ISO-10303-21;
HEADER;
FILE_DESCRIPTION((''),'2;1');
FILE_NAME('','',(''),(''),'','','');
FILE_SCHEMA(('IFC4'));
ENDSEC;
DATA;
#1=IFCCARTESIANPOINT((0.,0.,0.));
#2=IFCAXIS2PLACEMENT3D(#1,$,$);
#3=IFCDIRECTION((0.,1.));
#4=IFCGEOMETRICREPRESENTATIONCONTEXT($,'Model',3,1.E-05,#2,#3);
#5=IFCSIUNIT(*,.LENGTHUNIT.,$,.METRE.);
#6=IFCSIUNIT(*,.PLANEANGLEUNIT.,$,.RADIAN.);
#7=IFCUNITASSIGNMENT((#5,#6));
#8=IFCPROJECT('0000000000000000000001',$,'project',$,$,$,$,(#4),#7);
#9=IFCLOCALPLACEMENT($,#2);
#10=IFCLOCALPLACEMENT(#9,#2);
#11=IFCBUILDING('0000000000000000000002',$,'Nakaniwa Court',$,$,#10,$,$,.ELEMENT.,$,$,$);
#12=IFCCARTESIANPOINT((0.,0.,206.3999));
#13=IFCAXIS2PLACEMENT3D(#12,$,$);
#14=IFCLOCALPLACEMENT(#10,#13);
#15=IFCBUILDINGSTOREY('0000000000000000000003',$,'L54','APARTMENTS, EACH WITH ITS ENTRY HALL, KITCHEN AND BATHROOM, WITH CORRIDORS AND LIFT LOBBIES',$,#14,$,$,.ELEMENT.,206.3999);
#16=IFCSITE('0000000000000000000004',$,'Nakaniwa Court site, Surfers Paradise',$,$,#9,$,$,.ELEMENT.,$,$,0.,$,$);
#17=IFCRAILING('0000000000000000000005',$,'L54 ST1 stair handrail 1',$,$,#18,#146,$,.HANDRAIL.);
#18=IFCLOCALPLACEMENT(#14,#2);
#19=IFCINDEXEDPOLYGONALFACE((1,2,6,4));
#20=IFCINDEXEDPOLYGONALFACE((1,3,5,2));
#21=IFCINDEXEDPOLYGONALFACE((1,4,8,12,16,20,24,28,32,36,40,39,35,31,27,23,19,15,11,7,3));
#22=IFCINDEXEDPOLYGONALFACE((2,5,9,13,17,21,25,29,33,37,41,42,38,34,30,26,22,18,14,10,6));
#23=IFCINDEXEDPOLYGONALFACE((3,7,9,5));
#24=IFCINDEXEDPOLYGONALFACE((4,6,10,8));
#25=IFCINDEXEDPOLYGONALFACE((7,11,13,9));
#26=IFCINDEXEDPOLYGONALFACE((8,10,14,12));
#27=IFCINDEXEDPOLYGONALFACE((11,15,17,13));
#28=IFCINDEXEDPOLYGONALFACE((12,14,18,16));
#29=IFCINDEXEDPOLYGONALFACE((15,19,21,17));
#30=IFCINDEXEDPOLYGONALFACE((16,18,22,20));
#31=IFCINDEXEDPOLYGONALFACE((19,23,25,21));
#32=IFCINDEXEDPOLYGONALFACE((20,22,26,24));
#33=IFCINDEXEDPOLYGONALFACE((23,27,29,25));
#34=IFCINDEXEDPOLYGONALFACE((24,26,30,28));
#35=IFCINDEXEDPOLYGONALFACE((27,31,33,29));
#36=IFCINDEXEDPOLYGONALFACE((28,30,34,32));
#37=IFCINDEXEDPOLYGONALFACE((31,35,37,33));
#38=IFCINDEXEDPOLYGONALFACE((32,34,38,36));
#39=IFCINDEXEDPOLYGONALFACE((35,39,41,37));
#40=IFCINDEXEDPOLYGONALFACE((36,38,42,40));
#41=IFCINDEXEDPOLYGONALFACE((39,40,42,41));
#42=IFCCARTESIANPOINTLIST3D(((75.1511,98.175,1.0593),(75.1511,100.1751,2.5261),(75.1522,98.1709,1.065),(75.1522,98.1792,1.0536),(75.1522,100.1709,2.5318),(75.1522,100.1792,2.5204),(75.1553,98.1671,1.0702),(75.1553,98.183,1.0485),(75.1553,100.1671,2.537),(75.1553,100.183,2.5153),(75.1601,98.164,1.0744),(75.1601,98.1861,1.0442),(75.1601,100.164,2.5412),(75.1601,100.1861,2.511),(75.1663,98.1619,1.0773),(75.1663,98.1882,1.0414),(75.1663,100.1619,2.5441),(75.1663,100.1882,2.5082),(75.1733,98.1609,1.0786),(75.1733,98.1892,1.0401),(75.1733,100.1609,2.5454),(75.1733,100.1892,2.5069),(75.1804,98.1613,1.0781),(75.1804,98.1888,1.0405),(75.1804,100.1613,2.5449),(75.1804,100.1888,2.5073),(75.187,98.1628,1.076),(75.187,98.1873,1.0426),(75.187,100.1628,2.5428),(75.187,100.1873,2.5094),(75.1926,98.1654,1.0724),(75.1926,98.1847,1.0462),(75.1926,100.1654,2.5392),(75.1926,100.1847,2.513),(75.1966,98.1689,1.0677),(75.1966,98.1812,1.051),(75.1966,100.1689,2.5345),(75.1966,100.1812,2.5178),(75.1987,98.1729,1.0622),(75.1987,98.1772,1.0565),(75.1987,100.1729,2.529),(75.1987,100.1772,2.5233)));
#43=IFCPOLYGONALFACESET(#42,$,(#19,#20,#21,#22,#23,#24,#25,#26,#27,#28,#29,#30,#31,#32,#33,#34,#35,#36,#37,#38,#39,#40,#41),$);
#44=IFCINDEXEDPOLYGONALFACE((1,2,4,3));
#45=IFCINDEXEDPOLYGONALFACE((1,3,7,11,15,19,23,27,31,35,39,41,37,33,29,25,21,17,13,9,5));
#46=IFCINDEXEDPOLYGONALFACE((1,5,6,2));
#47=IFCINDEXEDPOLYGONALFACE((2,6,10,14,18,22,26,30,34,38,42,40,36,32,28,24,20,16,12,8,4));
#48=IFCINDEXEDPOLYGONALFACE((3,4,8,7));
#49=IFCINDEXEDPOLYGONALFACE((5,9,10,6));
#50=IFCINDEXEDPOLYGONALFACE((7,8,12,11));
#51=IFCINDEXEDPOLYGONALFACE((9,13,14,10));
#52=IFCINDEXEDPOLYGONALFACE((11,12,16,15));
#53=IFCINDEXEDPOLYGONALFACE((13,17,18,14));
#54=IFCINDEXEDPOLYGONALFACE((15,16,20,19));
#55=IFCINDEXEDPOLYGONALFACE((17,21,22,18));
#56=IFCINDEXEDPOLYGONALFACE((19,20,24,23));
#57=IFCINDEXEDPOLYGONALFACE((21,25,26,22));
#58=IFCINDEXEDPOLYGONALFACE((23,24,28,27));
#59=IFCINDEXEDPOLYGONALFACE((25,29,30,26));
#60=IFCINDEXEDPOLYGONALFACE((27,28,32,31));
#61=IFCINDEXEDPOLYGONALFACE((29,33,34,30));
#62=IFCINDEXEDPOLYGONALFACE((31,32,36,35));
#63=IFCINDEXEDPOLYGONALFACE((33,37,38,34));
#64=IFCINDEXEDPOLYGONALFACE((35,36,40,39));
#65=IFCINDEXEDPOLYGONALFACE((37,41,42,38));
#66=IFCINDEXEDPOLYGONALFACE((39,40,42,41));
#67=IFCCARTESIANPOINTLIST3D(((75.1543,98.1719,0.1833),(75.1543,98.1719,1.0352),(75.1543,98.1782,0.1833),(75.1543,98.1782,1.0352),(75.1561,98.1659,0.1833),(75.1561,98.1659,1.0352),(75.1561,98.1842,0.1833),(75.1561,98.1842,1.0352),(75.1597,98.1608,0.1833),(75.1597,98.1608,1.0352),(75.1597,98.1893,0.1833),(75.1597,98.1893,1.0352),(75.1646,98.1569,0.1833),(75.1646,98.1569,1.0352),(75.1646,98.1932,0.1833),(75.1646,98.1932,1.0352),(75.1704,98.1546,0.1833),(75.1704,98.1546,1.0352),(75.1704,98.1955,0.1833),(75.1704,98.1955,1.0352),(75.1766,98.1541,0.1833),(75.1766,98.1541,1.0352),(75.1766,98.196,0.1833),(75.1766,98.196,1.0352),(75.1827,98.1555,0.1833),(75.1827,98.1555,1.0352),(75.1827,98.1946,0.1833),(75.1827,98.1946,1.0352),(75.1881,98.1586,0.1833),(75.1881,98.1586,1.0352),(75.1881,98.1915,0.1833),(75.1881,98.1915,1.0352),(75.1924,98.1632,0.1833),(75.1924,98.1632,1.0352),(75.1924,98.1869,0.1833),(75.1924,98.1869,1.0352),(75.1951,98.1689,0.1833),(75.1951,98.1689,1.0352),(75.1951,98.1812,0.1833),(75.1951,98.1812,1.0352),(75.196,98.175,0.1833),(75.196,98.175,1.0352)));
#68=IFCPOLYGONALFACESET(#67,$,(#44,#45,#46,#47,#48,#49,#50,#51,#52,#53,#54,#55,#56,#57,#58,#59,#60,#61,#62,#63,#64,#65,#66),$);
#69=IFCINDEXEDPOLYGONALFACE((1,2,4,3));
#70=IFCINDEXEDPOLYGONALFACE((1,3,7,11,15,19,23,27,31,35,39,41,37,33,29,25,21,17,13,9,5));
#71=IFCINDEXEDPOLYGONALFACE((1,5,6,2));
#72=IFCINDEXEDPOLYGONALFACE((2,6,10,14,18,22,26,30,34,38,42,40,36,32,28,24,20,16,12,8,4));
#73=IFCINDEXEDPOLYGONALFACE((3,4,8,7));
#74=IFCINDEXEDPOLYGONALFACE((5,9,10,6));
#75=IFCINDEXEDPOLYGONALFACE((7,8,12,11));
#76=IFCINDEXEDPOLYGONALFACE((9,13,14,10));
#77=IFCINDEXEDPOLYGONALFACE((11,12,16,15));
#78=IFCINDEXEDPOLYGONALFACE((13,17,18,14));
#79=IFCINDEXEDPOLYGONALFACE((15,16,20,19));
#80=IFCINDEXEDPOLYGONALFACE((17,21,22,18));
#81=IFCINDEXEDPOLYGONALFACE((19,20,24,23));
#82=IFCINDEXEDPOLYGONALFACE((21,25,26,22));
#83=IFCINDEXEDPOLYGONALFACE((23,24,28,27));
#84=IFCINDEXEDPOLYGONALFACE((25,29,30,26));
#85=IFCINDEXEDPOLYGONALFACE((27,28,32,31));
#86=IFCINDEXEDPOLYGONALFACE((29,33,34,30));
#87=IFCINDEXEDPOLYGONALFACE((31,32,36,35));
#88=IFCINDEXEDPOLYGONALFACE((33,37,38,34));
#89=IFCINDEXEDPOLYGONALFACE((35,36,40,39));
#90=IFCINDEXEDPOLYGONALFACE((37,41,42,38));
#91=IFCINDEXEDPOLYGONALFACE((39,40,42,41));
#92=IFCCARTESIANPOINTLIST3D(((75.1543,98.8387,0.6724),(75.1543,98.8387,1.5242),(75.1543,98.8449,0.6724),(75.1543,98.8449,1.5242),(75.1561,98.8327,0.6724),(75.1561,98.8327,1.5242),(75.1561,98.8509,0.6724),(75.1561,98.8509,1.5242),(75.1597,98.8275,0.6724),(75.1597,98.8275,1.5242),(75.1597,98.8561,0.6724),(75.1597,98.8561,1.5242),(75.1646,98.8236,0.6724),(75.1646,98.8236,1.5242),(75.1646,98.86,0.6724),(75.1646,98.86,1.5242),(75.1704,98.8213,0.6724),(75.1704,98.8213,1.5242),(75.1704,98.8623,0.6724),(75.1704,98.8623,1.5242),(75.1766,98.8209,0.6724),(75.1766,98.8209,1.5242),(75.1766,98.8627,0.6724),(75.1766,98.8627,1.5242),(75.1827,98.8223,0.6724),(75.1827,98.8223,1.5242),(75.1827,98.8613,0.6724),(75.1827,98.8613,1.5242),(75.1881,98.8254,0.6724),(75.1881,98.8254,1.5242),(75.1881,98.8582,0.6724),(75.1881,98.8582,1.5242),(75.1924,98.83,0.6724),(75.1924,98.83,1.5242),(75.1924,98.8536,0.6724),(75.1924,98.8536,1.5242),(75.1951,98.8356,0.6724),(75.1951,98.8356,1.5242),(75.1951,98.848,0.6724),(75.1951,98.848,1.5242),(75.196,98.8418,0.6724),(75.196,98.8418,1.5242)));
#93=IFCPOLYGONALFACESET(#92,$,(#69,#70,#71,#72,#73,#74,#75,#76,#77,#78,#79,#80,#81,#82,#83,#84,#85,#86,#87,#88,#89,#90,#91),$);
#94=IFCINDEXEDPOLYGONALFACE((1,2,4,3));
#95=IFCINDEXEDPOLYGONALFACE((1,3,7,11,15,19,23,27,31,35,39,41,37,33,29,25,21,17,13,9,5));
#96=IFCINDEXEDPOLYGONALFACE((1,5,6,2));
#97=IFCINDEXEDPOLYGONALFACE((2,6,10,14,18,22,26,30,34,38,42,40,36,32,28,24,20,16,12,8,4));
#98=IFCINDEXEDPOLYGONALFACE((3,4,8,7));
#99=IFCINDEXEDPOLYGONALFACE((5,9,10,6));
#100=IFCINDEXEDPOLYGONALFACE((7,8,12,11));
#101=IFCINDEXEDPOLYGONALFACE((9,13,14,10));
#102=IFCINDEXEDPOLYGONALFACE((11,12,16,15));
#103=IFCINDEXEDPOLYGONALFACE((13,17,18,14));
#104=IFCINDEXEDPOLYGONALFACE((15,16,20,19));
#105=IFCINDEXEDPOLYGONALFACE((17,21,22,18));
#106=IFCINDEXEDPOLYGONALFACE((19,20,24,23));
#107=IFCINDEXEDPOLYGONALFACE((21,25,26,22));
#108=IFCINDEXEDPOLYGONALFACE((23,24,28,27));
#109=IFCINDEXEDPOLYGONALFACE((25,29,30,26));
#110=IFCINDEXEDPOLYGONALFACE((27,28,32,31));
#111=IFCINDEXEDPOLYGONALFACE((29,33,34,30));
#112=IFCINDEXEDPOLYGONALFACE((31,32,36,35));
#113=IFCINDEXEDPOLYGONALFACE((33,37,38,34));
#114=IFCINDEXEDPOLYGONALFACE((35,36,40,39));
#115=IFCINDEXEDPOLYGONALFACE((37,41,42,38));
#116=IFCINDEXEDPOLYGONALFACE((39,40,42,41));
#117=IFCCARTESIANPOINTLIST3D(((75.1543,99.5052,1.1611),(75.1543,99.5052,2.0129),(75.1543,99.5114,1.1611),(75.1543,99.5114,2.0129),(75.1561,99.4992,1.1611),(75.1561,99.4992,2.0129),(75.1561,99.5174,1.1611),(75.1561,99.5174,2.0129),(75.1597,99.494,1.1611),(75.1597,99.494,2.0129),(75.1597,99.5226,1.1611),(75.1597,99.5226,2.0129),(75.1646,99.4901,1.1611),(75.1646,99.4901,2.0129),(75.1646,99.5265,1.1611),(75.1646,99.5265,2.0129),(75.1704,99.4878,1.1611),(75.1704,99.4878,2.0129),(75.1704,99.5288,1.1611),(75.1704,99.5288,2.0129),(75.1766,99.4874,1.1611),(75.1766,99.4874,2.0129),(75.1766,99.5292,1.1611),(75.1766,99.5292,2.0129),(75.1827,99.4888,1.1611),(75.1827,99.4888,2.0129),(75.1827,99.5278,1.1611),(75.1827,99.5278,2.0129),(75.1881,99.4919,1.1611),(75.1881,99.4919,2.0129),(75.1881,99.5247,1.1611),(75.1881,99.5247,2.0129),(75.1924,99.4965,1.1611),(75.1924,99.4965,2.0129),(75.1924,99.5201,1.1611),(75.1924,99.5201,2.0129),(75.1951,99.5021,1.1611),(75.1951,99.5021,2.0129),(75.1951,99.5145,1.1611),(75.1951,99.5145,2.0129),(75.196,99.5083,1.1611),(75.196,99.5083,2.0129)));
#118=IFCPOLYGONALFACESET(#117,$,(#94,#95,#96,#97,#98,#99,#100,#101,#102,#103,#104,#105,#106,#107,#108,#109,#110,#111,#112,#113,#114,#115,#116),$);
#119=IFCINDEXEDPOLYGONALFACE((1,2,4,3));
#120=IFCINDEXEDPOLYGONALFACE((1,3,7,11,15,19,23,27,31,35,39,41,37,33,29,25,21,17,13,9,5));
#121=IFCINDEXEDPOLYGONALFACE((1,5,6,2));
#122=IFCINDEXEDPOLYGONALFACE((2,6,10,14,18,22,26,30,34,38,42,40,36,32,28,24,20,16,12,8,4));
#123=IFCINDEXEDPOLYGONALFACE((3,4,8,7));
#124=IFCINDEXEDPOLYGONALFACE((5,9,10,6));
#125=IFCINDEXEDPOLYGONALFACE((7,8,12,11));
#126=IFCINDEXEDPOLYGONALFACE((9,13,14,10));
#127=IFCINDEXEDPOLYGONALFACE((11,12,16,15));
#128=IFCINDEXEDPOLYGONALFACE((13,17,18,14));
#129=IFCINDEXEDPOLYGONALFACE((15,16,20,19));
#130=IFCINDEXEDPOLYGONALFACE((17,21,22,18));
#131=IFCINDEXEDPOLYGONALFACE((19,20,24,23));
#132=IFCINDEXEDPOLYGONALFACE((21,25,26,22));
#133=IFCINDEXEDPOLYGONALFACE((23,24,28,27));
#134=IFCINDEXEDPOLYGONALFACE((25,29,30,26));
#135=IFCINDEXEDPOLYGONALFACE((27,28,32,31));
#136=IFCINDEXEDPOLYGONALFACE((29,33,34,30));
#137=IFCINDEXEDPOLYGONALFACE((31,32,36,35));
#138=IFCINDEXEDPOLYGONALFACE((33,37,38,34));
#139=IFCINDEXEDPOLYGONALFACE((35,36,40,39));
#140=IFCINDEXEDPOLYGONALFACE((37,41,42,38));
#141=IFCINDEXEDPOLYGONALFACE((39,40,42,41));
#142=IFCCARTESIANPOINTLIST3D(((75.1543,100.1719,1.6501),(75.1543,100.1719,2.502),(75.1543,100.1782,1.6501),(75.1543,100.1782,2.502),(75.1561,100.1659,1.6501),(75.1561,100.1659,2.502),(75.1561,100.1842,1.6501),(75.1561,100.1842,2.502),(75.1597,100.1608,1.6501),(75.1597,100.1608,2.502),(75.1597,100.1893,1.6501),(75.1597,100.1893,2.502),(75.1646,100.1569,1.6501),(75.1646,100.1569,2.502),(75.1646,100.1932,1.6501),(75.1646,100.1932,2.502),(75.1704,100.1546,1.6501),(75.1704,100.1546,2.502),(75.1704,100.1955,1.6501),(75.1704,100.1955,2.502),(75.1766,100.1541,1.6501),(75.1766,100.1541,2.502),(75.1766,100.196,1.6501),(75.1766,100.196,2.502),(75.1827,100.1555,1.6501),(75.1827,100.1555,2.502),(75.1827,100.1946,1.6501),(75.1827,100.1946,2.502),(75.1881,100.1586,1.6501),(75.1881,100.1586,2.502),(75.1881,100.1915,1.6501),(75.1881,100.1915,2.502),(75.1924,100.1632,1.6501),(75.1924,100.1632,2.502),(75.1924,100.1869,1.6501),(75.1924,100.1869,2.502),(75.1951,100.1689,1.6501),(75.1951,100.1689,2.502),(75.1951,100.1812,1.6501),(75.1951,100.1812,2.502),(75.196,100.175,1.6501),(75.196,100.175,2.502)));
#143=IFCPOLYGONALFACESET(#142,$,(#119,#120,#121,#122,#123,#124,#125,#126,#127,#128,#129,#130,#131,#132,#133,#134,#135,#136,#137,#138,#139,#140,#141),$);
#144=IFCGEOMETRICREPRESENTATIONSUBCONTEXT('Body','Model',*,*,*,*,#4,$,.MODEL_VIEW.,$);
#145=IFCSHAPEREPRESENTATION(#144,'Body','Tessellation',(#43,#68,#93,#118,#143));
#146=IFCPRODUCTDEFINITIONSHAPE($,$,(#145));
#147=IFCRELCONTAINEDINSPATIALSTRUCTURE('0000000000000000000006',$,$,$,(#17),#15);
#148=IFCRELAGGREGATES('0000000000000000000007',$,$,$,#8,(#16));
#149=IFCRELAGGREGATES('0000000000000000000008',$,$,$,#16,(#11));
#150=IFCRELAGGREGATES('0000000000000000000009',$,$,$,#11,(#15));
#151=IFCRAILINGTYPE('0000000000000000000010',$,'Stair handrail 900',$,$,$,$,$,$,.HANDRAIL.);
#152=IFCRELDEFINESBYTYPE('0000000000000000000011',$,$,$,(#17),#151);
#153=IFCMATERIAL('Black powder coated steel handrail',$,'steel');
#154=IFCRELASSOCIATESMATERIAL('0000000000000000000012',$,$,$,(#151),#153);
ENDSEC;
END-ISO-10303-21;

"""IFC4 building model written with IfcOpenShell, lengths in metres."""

from ifc_helpers import new_model, si_unit, direction, frame, origin, origin_2d, place, context, subcontext, project, spatial, circle, extrude, material, type_object, element, save


model = new_model("IFC4")

# Units and contexts
model_context = context("Model", 3, precision=1e-05, world=origin(), true_north=direction((0.0, 1.0)))
body_context = subcontext(model_context, "Body", "Model", "MODEL_VIEW")
ifc_project = project(units=[si_unit("LENGTHUNIT", "METRE"), si_unit("PLANEANGLEUNIT", "RADIAN")], contexts=[model_context])

# Site, building, storey
site_placement = place(None, origin())
site = spatial("IfcSite", under=ifc_project, at=site_placement, Name="Nakaniwa Court site, Surfers Paradise", CompositionType="ELEMENT", RefElevation=0.0)
building_placement = place(site_placement, origin())
building = spatial("IfcBuilding", under=site, at=building_placement, Name="Nakaniwa Court", CompositionType="ELEMENT")
storey_placement = place(building_placement, frame((0.0, 0.0, 206.3999)))
storey = spatial("IfcBuildingStorey", under=building, at=storey_placement, Name="L54", Description="APARTMENTS, EACH WITH ITS ENTRY HALL, KITCHEN AND BATHROOM, WITH CORRIDORS AND LIFT LOBBIES", CompositionType="ELEMENT", Elevation=206.3999)

# Railing
ifc_material_1 = material(Name="Black powder coated steel handrail", Category="steel")
railing_type_1 = type_object("IfcRailingType", Name="Stair handrail 900", PredefinedType="HANDRAIL", material=ifc_material_1)
railing_1_placement = place(storey_placement, frame((75.175, 98.175, 0.1833)))
element("IfcRailing", 1, at=railing_1_placement, inside=storey, type_object=railing_type_1, Name="L54 ST1 stair handrail 1", PredefinedType="HANDRAIL", context=body_context, shape_type="SweptSolid", body=[
    extrude(circle(Radius=0.0239, at=origin_2d()), frame((0.0, 0.0, 0.876), z_axis=(0.0, 0.80638, 0.591398), x_axis=(-1.0, 0.0, 0.0)), (0.0, 0.0, 1.0), 2.4802),
    extrude(circle(Radius=0.021, at=origin_2d()), origin(), (0.0, 0.0, 1.0), 0.8518),
    extrude(circle(Radius=0.021, at=origin_2d()), frame((0.0, 0.6667, 0.489)), (0.0, 0.0, 1.0), 0.8518),
    extrude(circle(Radius=0.021, at=origin_2d()), frame((0.0, 1.3333, 0.9778)), (0.0, 0.0, 1.0), 0.8518),
    extrude(circle(Radius=0.021, at=origin_2d()), frame((0.0, 2.0, 1.4668)), (0.0, 0.0, 1.0), 0.8518),
])

save(model, "model.ifc")
